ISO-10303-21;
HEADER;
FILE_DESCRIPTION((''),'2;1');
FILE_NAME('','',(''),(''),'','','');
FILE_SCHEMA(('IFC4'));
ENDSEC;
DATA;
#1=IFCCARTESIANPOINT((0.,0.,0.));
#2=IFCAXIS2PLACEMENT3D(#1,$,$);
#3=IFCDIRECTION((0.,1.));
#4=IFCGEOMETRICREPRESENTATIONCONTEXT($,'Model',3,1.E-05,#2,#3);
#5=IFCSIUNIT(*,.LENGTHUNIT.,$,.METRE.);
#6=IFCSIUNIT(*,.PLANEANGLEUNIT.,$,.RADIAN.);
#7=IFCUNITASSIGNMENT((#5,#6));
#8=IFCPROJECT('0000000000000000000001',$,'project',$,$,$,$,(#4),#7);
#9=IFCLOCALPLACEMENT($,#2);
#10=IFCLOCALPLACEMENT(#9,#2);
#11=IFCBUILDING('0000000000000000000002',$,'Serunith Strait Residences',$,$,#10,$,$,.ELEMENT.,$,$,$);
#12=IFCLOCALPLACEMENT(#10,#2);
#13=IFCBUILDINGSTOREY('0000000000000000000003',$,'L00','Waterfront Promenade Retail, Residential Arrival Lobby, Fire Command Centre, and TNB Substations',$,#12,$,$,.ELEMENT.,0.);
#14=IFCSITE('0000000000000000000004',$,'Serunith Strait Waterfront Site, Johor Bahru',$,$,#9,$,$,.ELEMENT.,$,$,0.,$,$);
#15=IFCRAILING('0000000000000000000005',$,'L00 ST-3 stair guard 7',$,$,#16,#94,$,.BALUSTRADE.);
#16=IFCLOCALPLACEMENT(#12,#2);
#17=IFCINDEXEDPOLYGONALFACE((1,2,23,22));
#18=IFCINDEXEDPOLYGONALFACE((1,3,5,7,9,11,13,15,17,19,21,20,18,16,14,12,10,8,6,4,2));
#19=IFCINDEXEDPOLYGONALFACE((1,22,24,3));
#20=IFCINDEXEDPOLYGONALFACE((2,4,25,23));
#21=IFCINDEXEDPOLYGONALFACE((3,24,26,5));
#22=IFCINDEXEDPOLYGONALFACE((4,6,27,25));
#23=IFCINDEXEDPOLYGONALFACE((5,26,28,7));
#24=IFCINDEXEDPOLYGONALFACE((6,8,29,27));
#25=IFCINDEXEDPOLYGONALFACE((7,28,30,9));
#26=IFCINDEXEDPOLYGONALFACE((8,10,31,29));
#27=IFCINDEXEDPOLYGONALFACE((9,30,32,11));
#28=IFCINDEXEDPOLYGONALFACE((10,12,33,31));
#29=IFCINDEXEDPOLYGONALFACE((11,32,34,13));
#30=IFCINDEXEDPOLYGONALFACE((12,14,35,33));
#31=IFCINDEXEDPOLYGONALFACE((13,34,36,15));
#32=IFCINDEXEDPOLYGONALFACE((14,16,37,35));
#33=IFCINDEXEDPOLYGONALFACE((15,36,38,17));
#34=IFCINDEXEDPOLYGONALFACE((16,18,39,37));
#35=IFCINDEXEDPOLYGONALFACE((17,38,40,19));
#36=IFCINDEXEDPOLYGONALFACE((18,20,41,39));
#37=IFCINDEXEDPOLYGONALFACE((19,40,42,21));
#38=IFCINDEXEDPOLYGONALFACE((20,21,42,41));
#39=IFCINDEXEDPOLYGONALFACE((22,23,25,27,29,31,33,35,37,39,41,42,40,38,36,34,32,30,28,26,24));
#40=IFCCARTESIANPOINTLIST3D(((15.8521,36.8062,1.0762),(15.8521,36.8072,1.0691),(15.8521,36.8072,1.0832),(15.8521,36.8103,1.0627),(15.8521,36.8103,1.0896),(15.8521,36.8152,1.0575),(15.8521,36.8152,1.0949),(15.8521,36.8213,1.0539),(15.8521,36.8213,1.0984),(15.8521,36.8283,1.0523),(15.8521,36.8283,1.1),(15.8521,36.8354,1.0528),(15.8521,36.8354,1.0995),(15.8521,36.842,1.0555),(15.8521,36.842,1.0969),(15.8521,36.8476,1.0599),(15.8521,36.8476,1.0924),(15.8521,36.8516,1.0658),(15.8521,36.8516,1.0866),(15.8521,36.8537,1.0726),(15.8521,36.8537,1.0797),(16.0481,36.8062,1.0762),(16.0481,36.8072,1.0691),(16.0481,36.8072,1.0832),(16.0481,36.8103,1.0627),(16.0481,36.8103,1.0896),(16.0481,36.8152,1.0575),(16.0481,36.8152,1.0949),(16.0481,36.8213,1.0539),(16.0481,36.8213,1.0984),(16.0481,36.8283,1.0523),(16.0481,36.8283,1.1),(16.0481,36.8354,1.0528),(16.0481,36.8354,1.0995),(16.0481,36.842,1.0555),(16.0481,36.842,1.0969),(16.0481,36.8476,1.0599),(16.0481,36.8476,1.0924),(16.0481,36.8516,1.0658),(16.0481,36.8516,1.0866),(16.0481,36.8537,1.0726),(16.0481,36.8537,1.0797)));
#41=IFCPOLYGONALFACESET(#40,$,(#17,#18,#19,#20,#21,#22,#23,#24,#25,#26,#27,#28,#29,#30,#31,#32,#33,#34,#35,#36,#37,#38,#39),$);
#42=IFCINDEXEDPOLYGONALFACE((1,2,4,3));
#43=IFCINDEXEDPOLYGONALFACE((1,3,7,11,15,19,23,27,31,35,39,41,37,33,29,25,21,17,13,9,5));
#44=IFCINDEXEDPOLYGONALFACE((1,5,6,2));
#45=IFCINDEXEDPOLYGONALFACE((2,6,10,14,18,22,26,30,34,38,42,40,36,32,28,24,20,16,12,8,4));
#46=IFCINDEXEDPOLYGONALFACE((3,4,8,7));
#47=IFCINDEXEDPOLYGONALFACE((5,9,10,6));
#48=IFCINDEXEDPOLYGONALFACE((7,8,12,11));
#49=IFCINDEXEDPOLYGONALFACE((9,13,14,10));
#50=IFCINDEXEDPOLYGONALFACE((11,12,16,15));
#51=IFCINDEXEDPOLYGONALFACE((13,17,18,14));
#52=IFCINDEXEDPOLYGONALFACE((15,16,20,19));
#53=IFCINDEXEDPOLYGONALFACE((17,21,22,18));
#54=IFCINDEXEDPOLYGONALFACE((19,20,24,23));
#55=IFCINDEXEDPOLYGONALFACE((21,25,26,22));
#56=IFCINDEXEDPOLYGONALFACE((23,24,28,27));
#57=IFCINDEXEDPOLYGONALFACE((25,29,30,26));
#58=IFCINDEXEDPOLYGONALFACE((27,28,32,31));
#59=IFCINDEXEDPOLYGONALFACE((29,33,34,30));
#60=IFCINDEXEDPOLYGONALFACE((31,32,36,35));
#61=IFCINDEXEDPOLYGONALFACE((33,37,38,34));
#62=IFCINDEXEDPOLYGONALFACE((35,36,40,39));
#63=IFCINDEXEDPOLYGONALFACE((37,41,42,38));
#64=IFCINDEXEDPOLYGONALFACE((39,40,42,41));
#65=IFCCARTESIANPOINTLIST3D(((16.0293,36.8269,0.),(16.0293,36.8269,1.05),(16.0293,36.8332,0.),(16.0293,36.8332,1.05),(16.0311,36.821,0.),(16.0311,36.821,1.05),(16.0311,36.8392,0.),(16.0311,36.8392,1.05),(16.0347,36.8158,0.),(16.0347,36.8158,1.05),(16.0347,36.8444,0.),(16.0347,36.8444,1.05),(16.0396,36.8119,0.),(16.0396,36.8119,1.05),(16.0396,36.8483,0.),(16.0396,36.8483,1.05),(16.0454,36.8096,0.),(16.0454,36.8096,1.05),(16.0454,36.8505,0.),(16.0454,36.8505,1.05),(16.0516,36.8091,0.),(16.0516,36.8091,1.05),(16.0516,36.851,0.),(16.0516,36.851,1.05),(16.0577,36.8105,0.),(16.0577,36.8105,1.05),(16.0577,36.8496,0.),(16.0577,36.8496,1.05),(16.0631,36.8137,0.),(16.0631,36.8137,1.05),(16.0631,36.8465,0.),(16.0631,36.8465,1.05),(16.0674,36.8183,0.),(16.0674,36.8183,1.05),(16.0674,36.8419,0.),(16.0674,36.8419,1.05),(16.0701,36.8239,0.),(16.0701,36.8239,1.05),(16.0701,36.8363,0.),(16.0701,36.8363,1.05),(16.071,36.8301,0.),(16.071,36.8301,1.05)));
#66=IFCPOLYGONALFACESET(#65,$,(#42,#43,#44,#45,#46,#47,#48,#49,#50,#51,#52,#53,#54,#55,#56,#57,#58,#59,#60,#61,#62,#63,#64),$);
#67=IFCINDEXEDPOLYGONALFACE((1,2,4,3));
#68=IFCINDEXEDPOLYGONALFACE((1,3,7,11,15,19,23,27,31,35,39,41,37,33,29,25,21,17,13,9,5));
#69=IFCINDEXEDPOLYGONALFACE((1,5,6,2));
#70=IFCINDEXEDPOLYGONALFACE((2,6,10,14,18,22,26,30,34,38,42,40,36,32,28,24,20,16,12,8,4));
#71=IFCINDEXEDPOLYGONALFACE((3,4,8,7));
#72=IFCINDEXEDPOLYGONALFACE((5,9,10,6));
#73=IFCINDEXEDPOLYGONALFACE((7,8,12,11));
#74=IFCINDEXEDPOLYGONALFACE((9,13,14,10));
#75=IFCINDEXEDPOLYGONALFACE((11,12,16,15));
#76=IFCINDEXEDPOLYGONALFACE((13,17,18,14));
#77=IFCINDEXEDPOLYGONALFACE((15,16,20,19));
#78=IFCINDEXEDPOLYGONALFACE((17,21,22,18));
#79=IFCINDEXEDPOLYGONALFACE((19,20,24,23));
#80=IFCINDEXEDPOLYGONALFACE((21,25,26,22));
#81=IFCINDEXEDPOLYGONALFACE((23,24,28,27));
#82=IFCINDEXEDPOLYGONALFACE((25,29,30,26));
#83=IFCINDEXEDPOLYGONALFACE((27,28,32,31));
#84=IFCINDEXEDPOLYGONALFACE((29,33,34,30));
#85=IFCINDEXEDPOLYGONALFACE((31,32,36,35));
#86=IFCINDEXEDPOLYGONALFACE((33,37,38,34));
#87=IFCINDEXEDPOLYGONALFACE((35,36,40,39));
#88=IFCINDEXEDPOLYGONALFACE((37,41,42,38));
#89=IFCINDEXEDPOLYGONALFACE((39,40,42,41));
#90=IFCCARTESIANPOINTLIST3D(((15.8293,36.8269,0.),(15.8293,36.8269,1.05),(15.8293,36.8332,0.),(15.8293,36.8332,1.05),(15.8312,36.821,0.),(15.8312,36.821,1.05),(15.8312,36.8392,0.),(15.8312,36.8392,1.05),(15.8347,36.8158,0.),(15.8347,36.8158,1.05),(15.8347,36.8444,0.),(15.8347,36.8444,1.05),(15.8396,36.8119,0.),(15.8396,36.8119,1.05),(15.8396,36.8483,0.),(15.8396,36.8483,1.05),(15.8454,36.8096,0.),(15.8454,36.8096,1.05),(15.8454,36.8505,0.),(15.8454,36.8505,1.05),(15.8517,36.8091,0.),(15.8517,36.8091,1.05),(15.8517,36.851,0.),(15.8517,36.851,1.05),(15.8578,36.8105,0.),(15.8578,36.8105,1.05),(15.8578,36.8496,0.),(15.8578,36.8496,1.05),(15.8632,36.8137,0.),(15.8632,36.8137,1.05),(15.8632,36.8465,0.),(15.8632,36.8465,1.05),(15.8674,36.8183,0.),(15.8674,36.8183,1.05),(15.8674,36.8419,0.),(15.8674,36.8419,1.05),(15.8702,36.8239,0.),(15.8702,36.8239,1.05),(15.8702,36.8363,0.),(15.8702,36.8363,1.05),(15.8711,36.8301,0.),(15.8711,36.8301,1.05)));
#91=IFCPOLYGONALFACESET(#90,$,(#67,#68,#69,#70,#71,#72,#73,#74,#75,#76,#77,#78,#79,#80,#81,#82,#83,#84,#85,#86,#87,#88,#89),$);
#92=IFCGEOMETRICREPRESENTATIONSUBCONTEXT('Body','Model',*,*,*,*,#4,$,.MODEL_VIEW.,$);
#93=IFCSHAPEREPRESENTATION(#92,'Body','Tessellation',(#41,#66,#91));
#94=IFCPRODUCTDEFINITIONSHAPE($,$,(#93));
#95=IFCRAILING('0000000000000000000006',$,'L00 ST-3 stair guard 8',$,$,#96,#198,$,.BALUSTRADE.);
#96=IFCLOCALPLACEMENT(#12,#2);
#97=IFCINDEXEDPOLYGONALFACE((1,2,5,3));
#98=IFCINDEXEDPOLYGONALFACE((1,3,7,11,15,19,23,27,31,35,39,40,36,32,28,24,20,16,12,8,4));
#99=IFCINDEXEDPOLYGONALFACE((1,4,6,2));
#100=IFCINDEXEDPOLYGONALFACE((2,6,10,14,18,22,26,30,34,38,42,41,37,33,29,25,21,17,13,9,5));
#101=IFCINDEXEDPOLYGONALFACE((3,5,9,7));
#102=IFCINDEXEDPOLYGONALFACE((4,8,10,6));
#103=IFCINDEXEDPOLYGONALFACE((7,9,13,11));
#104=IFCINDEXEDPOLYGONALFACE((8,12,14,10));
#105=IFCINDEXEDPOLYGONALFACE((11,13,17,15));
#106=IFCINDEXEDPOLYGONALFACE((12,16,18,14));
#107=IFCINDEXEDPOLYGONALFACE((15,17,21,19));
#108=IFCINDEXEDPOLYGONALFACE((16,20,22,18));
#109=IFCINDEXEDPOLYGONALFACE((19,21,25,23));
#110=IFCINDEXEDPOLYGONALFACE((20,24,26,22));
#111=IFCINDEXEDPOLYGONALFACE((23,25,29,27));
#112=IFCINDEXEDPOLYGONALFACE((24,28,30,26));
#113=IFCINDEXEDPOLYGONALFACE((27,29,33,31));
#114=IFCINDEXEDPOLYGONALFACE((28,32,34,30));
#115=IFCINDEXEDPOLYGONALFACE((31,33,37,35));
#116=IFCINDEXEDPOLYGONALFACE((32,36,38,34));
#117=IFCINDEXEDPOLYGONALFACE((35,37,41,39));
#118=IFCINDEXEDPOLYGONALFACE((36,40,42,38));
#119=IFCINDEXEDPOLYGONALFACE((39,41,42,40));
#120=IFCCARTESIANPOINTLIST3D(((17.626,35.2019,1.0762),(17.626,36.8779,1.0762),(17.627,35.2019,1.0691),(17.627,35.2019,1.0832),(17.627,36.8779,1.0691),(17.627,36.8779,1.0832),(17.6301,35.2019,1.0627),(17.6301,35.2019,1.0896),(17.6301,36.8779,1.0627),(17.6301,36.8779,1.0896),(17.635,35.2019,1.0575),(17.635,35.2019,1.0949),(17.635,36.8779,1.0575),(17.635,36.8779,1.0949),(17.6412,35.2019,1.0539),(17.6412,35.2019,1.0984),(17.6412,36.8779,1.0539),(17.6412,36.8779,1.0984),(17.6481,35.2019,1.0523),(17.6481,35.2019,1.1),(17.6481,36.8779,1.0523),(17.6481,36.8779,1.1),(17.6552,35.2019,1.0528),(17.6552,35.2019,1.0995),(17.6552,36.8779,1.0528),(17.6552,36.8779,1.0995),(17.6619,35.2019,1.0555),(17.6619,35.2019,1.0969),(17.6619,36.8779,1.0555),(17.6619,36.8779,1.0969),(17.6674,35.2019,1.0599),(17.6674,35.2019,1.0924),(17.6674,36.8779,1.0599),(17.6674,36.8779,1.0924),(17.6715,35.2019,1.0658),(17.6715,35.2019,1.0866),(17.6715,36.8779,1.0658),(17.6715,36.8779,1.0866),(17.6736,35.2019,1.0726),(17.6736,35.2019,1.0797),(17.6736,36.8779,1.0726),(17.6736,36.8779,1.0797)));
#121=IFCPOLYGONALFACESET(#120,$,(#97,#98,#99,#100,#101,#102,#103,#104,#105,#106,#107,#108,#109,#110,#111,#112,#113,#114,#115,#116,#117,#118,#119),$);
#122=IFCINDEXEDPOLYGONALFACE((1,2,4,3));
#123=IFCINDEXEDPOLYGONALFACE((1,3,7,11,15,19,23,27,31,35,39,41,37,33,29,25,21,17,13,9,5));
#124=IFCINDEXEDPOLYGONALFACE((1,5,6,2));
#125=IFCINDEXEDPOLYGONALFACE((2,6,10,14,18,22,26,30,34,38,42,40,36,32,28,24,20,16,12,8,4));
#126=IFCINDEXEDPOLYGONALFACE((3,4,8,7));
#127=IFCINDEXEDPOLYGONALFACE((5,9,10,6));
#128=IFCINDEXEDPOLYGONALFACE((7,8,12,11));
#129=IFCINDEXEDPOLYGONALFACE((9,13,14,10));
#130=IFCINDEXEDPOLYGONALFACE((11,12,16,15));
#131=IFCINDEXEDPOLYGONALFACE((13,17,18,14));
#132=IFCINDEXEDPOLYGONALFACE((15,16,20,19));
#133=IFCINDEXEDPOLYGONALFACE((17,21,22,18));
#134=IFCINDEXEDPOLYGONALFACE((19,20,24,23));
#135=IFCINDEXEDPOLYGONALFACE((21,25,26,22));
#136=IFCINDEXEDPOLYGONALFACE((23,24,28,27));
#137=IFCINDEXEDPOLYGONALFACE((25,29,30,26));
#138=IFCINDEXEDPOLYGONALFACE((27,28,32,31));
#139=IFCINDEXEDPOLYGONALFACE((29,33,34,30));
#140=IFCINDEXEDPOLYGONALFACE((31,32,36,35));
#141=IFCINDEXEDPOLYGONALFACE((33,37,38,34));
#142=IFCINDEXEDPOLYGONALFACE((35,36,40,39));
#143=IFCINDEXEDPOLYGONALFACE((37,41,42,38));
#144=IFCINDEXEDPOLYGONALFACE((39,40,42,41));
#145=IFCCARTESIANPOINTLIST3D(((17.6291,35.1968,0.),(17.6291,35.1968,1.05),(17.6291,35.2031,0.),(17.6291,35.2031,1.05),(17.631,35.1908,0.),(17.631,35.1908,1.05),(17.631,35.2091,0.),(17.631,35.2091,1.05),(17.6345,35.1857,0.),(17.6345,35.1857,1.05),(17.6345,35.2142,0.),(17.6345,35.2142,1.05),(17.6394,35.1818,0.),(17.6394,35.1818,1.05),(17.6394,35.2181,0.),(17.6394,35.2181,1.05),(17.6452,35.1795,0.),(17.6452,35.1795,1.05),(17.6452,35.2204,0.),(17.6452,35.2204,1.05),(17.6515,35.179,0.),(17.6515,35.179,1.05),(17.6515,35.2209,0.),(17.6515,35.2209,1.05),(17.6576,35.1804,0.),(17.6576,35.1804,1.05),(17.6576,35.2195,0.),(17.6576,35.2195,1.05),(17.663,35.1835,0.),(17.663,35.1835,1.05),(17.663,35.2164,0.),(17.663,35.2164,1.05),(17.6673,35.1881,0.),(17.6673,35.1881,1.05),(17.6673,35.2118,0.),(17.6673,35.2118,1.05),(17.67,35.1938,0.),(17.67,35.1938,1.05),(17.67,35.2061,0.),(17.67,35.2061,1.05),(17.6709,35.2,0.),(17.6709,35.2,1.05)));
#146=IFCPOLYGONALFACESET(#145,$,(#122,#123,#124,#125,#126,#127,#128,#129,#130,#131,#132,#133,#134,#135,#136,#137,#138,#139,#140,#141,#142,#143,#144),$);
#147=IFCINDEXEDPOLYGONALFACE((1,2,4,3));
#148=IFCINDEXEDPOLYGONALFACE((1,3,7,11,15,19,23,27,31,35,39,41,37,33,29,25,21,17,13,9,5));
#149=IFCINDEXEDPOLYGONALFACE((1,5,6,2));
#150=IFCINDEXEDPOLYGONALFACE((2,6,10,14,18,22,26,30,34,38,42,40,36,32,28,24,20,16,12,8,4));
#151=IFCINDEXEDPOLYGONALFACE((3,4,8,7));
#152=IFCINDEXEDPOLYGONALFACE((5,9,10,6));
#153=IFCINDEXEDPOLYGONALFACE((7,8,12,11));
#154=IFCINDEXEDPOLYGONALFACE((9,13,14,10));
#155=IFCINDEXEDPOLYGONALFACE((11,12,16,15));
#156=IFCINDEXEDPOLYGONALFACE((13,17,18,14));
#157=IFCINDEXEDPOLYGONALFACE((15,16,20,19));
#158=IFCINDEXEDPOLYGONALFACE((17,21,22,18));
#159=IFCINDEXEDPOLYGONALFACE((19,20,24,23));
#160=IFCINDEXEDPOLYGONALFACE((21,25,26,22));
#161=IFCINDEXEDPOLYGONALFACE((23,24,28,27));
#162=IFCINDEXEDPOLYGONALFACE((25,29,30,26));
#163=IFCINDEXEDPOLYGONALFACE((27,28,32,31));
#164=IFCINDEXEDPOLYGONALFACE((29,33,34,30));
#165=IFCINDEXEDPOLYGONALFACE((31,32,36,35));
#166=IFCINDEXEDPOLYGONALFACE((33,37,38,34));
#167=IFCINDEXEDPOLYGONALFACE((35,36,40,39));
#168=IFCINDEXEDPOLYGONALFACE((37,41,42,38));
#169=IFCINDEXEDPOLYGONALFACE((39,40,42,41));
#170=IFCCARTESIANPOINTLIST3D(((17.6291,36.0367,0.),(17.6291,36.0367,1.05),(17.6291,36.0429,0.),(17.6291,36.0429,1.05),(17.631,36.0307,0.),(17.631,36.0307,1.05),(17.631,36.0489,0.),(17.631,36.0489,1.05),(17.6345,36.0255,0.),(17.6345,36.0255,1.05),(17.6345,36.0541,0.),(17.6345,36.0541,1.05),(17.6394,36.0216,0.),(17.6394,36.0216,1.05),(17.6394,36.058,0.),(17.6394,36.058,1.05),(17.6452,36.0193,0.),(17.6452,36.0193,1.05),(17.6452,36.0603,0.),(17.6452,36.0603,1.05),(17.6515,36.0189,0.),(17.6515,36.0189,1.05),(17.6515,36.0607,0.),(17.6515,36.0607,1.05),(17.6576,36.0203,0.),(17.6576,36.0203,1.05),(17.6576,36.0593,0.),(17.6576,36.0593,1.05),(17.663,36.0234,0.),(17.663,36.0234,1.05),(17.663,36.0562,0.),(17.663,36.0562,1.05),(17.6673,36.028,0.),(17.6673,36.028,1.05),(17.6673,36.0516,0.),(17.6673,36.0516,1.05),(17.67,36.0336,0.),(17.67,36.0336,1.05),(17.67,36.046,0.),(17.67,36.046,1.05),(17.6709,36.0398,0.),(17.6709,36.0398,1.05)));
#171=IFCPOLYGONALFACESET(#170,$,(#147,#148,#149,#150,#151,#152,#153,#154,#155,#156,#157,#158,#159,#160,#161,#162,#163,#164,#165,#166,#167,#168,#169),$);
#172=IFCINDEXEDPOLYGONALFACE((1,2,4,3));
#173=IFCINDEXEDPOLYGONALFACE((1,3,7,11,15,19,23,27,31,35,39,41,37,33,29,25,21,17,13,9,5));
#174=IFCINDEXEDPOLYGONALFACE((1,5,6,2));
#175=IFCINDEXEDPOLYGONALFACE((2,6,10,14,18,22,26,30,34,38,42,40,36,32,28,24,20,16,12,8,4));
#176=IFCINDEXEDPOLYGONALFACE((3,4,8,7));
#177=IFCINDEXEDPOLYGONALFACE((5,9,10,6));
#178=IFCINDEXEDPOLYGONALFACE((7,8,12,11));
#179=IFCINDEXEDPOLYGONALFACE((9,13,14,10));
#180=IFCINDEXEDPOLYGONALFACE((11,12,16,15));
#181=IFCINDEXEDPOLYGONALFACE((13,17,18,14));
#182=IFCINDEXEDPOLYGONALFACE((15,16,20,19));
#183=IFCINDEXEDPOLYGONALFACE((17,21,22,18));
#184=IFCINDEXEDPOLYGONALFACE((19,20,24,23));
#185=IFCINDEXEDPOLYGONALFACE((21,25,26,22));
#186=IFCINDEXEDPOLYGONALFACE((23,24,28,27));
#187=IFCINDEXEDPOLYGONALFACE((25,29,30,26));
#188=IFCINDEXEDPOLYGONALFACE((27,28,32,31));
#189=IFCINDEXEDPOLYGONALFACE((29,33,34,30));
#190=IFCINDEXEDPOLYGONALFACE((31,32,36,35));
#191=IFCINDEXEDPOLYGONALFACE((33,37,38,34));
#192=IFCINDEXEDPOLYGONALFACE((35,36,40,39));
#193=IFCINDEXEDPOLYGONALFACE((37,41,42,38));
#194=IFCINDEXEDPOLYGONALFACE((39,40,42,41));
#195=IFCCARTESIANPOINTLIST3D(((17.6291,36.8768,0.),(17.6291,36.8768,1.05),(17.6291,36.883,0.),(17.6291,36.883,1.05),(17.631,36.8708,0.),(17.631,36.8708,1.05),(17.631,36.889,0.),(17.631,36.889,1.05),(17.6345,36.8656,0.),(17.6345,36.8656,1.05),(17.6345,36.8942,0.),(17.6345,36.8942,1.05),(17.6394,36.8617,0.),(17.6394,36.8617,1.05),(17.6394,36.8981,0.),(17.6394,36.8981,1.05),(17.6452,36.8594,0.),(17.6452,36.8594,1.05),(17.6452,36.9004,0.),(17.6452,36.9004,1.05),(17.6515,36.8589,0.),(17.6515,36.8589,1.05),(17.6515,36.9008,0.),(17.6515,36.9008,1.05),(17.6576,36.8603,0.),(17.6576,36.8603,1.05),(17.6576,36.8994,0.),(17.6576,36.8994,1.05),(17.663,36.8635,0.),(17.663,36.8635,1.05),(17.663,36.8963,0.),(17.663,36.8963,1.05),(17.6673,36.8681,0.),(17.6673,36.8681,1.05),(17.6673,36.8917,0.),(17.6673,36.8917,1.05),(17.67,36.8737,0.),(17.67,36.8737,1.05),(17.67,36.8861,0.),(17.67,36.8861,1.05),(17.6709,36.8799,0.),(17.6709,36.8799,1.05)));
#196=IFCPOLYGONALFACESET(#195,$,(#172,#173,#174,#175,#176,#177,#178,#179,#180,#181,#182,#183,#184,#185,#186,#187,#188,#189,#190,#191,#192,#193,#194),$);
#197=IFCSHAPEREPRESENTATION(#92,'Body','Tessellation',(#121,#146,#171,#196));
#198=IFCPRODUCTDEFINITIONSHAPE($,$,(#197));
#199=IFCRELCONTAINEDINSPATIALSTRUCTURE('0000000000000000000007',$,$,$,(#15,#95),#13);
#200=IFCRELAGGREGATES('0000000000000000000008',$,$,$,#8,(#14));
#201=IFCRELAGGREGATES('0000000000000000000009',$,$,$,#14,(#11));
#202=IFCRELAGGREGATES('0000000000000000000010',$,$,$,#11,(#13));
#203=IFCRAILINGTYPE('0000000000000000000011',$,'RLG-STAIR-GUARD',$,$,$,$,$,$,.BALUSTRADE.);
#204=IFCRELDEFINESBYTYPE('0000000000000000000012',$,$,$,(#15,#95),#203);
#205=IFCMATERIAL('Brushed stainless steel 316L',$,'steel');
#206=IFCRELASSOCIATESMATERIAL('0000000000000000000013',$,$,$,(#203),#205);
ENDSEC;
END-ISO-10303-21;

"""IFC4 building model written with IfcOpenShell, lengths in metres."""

from ifc_helpers import new_model, si_unit, direction, frame, origin, origin_2d, place, context, subcontext, project, spatial, circle, extrude, material, type_object, element, save


model = new_model("IFC4")

# Units and contexts
model_context = context("Model", 3, precision=1e-05, world=origin(), true_north=direction((0.0, 1.0)))
body_context = subcontext(model_context, "Body", "Model", "MODEL_VIEW")
ifc_project = project(units=[si_unit("LENGTHUNIT", "METRE"), si_unit("PLANEANGLEUNIT", "RADIAN")], contexts=[model_context])

# Site, building, storey
site_placement = place(None, origin())
site = spatial("IfcSite", under=ifc_project, at=site_placement, Name="Serunith Strait Waterfront Site, Johor Bahru", CompositionType="ELEMENT", RefElevation=0.0)
building_placement = place(site_placement, origin())
building = spatial("IfcBuilding", under=site, at=building_placement, Name="Serunith Strait Residences", CompositionType="ELEMENT")
storey_placement = place(building_placement, origin())
storey = spatial("IfcBuildingStorey", under=building, at=storey_placement, Name="L00", Description="Waterfront Promenade Retail, Residential Arrival Lobby, Fire Command Centre, and TNB Substations", CompositionType="ELEMENT", Elevation=0.0)

# Railings
ifc_material_1 = material(Name="Brushed stainless steel 316L", Category="steel")
railing_type_1 = type_object("IfcRailingType", Name="RLG-STAIR-GUARD", PredefinedType="BALUSTRADE", material=ifc_material_1)
railing_1_placement = place(storey_placement, frame((16.05, 36.8301, 0.0)))
element("IfcRailing", 1, at=railing_1_placement, inside=storey, type_object=railing_type_1, Name="L00 ST-3 stair guard 7", PredefinedType="BALUSTRADE", context=body_context, shape_type="SweptSolid", body=[
    extrude(circle(Radius=0.0239, at=origin_2d()), frame((-0.002, 0.0, 1.0762), z_axis=(-1.0, 0.0, 0.0), x_axis=(0.0, -1.0, 0.0)), (0.0, 0.0, 1.0), 0.196),
    extrude(circle(Radius=0.021, at=origin_2d()), origin(), (0.0, 0.0, 1.0), 1.05),
    extrude(circle(Radius=0.021, at=origin_2d()), frame((-0.2, 0.0, 0.0)), (0.0, 0.0, 1.0), 1.05),
])
for number, where, name in (
    (2, (17.6499, 35.2, 0.0), "L00 ST-3 stair guard 8"),
):
    element("IfcRailing", number, at=place(storey_placement, frame(where)), inside=storey, type_object=railing_type_1, Name=name, PredefinedType="BALUSTRADE", context=body_context, shape_type="SweptSolid", body=[
        extrude(circle(Radius=0.0239, at=origin_2d()), frame((0.0, 0.002, 1.0762), z_axis=(0.0, 1.0, 0.0), x_axis=(-1.0, 0.0, 0.0)), (0.0, 0.0, 1.0), 1.676),
        extrude(circle(Radius=0.021, at=origin_2d()), origin(), (0.0, 0.0, 1.0), 1.05),
        extrude(circle(Radius=0.021, at=origin_2d()), frame((0.0, 0.8398, 0.0)), (0.0, 0.0, 1.0), 1.05),
        extrude(circle(Radius=0.021, at=origin_2d()), frame((0.0, 1.6799, 0.0)), (0.0, 0.0, 1.0), 1.05),
    ])

save(model, "model.ifc")
